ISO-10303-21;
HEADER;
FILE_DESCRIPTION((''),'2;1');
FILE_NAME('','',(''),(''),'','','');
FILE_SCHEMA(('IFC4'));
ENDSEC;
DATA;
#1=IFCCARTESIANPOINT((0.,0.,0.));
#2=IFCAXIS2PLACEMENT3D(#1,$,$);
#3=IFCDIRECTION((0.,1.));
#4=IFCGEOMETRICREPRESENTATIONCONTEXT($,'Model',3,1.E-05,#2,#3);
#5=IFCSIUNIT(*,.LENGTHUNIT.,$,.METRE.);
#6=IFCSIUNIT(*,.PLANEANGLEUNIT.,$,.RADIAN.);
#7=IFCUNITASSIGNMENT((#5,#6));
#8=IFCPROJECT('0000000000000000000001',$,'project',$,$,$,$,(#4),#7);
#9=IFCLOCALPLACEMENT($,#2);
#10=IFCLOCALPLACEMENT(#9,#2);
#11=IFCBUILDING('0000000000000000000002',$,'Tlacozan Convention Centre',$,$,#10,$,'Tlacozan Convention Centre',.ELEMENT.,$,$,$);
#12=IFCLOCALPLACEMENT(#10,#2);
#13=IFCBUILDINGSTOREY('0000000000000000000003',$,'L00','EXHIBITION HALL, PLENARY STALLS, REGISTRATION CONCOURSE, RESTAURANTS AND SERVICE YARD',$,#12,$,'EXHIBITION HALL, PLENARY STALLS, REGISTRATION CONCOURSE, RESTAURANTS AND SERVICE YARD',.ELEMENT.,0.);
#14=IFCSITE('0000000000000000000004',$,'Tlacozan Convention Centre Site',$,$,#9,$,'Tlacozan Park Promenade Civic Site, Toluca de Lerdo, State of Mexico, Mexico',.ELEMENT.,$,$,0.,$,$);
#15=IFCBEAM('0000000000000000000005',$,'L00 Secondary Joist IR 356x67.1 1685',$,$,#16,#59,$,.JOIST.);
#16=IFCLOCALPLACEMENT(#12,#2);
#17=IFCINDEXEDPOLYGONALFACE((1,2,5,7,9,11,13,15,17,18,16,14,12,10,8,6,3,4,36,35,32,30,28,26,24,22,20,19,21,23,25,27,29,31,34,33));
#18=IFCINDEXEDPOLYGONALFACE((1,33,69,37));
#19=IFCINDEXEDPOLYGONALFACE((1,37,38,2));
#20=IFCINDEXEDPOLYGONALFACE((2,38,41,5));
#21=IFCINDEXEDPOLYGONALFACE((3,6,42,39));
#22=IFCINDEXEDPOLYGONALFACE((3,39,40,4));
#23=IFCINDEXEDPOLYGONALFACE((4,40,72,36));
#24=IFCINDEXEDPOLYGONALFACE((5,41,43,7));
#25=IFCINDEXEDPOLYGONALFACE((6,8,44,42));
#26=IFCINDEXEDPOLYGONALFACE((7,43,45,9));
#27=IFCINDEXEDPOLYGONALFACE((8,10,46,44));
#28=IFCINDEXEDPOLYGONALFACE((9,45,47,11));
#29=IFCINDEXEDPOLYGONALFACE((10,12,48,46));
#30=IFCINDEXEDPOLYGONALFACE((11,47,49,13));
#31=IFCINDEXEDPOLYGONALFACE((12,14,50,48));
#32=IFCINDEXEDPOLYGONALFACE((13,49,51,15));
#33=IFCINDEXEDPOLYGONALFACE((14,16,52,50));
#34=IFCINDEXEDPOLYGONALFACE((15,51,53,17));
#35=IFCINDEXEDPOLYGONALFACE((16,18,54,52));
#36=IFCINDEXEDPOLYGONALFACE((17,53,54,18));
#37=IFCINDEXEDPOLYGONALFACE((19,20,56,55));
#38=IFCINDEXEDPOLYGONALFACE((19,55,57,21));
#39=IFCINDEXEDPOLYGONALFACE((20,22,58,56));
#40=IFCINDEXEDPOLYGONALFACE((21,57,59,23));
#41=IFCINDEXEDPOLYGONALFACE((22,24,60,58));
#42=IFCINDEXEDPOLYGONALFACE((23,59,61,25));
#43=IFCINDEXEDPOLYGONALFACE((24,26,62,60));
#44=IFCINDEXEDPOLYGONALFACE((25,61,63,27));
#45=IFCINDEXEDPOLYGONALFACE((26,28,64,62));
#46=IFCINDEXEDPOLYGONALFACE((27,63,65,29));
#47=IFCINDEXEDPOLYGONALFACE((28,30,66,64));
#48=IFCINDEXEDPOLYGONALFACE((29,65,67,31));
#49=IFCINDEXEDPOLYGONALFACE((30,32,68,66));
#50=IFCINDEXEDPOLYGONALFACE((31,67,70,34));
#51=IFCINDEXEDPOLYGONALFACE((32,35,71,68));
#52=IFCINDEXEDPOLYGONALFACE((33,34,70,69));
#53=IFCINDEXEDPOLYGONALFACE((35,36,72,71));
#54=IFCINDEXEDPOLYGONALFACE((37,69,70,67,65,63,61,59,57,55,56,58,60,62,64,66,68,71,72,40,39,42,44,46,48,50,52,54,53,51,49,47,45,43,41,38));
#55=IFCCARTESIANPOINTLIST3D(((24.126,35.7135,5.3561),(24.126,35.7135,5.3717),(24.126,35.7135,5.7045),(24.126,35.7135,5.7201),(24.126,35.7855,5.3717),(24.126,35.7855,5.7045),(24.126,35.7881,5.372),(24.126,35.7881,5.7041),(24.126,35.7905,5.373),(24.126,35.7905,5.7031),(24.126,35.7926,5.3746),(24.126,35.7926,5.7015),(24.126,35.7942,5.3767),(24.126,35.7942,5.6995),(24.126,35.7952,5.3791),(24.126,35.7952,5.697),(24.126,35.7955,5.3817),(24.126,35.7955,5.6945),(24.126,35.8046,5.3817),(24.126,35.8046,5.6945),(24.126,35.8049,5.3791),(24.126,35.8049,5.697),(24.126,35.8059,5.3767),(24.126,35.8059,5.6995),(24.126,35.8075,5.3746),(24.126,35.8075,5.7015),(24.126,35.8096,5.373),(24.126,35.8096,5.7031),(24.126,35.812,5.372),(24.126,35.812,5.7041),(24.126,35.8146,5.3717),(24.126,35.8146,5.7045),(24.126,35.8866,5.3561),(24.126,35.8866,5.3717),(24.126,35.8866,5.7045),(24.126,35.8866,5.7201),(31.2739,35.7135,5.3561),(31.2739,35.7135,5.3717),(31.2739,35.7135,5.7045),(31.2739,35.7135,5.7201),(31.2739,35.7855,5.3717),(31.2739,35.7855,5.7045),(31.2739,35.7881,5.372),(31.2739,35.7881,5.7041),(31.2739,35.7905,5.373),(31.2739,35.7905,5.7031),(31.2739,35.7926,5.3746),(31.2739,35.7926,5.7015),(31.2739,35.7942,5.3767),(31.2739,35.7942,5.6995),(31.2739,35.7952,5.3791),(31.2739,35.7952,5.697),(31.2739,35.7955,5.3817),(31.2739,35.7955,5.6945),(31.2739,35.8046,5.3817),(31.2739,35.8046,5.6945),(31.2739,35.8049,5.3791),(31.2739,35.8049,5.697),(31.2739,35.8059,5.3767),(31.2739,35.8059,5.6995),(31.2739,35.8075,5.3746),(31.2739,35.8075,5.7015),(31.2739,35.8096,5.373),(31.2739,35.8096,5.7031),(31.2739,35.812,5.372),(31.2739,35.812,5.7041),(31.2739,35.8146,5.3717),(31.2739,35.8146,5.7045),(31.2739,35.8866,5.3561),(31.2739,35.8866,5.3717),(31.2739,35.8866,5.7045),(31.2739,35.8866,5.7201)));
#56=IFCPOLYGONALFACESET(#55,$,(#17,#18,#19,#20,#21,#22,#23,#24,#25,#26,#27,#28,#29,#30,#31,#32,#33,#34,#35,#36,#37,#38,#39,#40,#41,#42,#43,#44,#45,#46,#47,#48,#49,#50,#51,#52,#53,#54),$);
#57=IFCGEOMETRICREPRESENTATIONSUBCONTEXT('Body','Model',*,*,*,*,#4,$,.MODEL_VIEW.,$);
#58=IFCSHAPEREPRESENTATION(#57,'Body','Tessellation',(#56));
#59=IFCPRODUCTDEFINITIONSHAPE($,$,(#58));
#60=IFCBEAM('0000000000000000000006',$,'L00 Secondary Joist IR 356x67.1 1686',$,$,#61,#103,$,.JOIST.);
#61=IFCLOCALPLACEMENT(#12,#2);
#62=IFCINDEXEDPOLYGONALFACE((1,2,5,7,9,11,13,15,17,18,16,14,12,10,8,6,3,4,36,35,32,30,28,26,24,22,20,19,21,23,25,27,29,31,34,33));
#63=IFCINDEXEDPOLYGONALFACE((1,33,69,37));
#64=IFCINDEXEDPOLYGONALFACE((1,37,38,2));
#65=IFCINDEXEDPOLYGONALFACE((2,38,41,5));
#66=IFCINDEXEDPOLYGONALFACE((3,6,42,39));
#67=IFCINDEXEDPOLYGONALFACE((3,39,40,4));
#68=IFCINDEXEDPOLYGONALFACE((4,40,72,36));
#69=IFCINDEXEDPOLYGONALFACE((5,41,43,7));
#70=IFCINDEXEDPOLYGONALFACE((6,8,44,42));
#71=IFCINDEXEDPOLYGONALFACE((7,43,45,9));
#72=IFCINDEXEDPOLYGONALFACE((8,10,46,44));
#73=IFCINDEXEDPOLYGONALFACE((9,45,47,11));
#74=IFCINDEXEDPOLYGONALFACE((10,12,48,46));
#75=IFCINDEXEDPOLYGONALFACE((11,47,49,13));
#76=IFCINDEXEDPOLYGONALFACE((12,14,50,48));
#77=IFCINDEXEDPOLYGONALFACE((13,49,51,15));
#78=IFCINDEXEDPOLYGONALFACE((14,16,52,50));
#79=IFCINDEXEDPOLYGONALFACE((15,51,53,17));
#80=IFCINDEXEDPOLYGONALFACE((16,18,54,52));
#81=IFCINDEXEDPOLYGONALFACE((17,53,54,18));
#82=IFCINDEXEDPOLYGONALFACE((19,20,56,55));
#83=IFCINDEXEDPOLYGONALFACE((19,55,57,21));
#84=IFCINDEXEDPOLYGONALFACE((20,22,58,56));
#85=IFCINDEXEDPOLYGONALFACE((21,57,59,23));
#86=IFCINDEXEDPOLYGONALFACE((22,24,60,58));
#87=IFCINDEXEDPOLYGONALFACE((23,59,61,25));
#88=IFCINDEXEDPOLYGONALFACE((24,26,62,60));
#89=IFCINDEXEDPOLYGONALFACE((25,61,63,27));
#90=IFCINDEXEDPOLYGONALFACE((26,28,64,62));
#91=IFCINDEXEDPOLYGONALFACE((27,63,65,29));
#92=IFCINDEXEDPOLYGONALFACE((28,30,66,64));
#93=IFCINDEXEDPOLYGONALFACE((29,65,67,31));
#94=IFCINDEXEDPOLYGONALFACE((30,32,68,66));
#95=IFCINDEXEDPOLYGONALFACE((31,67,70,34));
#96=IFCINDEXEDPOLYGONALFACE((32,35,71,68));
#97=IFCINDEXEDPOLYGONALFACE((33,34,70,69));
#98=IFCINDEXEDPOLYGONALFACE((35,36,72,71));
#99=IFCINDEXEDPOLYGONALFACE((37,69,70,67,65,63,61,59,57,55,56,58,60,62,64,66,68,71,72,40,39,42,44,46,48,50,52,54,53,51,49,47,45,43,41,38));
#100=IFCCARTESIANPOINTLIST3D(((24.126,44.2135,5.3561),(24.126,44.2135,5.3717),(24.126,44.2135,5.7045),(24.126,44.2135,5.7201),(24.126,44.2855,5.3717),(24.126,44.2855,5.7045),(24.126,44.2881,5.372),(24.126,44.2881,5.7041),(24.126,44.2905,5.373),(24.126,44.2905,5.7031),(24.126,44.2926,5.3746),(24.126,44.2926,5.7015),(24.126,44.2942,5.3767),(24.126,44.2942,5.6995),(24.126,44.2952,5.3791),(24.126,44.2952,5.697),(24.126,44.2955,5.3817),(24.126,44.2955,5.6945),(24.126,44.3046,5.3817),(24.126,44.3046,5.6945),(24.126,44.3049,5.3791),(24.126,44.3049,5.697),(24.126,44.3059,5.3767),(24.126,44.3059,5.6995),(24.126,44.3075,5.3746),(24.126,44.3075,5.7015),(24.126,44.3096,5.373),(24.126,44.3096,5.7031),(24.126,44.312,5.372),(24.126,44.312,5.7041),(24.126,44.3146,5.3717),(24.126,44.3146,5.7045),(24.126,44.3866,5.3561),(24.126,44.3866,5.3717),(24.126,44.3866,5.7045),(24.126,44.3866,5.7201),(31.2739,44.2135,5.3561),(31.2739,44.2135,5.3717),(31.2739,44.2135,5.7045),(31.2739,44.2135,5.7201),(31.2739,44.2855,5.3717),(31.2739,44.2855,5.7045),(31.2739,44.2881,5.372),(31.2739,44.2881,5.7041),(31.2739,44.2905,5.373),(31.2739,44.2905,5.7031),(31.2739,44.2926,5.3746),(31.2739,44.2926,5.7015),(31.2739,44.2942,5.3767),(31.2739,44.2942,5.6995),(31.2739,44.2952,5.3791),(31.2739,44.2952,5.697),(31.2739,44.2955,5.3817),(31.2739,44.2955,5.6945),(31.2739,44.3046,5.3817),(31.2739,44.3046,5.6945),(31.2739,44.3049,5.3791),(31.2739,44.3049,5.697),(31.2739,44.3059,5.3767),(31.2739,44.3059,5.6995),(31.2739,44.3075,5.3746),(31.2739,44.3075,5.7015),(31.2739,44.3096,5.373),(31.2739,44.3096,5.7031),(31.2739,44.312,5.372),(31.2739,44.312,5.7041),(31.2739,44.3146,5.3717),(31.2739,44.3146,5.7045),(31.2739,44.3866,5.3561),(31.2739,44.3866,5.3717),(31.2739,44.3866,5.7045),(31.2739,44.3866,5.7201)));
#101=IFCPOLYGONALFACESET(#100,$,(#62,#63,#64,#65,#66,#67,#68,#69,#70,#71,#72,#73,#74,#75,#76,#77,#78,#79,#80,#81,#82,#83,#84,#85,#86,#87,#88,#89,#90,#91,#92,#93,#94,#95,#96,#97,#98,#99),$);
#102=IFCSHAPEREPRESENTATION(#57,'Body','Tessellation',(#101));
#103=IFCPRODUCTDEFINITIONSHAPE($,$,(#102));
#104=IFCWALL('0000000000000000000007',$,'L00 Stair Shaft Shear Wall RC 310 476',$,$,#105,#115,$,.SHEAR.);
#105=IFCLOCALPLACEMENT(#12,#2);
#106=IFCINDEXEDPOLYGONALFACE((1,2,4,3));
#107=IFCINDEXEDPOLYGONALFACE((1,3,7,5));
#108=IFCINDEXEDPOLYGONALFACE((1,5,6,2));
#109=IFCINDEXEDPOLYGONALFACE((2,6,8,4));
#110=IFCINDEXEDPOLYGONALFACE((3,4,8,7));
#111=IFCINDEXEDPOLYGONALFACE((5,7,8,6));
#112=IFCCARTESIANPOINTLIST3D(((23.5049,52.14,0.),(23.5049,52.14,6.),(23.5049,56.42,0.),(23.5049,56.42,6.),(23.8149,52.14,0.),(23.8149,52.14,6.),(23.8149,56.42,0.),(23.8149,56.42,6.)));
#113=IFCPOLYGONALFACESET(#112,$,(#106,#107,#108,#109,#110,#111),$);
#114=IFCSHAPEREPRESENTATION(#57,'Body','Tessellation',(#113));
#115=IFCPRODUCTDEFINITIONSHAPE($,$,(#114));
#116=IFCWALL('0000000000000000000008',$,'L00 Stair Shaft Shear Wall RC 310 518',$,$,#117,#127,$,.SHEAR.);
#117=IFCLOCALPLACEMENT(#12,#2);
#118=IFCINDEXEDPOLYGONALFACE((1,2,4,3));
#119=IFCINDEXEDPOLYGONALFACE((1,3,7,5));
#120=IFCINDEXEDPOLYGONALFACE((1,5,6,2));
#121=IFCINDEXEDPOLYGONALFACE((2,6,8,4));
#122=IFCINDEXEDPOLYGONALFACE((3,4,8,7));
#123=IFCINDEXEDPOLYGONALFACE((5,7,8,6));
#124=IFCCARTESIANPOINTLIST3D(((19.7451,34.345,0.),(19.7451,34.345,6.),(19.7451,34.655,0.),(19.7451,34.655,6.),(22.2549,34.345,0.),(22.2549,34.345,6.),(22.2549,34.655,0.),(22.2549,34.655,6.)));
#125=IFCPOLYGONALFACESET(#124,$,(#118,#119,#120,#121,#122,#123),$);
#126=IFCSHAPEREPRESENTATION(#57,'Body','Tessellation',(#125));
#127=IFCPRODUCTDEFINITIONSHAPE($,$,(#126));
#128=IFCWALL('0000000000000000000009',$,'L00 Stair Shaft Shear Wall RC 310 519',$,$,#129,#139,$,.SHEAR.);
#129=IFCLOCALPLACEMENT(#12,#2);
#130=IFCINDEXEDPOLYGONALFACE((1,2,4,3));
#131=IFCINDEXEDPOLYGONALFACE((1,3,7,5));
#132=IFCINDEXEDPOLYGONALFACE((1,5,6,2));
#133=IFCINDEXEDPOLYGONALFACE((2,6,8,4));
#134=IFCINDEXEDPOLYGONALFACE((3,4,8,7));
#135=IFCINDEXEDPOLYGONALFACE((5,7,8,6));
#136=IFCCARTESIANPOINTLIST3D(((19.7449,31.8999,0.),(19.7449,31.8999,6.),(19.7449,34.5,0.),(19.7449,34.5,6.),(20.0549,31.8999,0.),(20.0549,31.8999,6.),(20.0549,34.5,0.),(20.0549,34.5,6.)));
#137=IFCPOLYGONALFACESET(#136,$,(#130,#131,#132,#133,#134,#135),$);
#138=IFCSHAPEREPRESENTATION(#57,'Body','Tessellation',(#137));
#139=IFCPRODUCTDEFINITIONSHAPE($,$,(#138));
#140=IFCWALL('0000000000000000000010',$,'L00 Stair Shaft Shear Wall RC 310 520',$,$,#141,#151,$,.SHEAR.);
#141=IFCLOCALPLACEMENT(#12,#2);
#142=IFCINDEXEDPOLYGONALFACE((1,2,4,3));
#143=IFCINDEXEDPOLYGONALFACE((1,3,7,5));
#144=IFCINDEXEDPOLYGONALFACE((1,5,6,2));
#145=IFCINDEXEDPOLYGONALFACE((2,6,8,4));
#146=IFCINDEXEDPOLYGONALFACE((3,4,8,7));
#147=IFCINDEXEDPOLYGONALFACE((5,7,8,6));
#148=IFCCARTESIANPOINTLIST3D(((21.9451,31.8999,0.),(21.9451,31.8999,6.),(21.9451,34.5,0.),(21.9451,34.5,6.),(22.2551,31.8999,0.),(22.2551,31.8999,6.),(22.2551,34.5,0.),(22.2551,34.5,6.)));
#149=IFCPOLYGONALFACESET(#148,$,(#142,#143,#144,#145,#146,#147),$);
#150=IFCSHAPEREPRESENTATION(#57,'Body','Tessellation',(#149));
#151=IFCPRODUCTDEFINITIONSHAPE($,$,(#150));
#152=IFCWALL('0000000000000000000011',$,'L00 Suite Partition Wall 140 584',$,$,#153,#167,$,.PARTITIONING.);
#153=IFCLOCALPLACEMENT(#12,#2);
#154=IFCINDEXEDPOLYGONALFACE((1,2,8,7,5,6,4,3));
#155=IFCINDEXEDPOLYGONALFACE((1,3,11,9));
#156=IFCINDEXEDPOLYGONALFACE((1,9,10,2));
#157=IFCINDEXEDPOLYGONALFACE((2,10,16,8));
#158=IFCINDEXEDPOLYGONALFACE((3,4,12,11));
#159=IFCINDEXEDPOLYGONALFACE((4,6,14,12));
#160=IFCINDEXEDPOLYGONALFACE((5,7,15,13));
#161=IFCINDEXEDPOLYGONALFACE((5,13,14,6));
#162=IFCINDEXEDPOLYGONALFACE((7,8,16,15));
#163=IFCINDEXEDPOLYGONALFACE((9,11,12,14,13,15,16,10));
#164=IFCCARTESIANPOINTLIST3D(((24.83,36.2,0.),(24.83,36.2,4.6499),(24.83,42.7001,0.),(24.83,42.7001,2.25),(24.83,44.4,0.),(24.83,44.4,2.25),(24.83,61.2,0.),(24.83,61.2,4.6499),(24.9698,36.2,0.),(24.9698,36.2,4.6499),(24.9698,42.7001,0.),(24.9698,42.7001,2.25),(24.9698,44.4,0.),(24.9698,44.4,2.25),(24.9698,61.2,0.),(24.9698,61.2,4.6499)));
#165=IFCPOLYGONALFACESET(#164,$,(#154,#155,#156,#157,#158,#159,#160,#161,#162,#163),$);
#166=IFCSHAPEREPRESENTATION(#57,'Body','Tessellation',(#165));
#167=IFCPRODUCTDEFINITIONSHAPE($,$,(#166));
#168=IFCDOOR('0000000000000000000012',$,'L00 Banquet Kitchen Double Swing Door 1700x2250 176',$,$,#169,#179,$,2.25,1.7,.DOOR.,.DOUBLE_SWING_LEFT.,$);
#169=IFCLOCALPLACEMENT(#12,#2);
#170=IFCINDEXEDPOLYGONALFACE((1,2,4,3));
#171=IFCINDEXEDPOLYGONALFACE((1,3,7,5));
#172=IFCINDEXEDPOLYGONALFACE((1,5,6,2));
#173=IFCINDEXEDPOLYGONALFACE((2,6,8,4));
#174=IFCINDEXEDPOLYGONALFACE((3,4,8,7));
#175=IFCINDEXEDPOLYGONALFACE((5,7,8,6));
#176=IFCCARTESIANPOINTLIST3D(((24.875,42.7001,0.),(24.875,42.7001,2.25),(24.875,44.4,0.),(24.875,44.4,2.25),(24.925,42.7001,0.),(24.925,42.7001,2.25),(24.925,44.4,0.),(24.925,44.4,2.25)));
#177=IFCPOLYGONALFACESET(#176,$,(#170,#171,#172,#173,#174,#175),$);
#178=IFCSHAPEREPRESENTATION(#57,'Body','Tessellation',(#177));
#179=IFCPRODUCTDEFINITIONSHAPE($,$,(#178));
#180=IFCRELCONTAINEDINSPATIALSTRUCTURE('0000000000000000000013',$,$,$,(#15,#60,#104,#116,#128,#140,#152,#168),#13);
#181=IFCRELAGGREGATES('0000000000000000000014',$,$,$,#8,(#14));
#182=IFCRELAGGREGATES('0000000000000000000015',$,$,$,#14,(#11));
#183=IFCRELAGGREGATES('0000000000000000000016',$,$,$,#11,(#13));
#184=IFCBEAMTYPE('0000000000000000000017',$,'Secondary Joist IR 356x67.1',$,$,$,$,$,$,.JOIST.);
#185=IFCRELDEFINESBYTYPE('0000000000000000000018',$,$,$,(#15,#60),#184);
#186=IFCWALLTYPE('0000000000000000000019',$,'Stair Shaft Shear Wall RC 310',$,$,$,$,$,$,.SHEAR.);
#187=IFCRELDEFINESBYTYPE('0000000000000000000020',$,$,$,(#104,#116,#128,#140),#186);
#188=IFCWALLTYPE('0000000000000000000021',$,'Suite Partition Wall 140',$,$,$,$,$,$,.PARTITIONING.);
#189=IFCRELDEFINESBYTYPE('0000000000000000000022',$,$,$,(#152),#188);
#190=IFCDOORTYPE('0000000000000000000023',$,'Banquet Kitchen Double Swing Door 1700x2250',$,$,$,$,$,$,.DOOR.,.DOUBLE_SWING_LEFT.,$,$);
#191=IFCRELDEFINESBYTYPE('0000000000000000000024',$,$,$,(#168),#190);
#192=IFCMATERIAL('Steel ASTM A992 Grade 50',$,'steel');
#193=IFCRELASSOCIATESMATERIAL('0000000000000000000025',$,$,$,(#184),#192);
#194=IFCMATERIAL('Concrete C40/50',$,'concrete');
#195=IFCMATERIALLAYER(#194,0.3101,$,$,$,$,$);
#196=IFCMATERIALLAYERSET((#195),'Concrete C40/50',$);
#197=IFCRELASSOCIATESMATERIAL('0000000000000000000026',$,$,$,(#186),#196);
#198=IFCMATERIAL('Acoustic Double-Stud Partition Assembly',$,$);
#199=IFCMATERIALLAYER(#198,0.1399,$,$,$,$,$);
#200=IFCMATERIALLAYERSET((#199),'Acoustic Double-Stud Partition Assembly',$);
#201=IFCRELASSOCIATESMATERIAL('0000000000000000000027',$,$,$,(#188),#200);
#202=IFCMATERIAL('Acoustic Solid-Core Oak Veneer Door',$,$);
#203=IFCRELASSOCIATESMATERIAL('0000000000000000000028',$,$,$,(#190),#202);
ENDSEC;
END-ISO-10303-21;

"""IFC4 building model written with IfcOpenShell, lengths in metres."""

from ifc_helpers import new_model, si_unit, direction, frame, frame_2d, origin, origin_2d, place, context, subcontext, project, spatial, rectangle, i_section, extrude, material, layer, layer_set, material_profile, profile_set, type_object, element, fill, save


model = new_model("IFC4")

# Units and contexts
model_context = context("Model", 3, precision=1e-05, world=origin(), true_north=direction((0.0, 1.0)))
body_context = subcontext(model_context, "Body", "Model", "MODEL_VIEW")
ifc_project = project(units=[si_unit("LENGTHUNIT", "METRE"), si_unit("PLANEANGLEUNIT", "RADIAN")], contexts=[model_context])

# Site, building, storey
site_placement = place(None, origin())
site = spatial("IfcSite", under=ifc_project, at=site_placement, Name="Tlacozan Convention Centre Site", LongName="Tlacozan Park Promenade Civic Site, Toluca de Lerdo, State of Mexico, Mexico", CompositionType="ELEMENT", RefElevation=0.0)
building_placement = place(site_placement, origin())
building = spatial("IfcBuilding", under=site, at=building_placement, Name="Tlacozan Convention Centre", LongName="Tlacozan Convention Centre", CompositionType="ELEMENT")
storey_placement = place(building_placement, origin())
storey = spatial("IfcBuildingStorey", under=building, at=storey_placement, Name="L00", Description="EXHIBITION HALL, PLENARY STALLS, REGISTRATION CONCOURSE, RESTAURANTS AND SERVICE YARD", LongName="EXHIBITION HALL, PLENARY STALLS, REGISTRATION CONCOURSE, RESTAURANTS AND SERVICE YARD", CompositionType="ELEMENT", Elevation=0.0)

# Shared definitions
ifc_material_1 = material(Name="Steel ASTM A992 Grade 50", Category="steel")

# Beams
ifc_material_profile_1 = material_profile(ifc_material_1, i_section(OverallWidth=0.1731, OverallDepth=0.364, WebThickness=0.009, FlangeThickness=0.0156, FilletRadius=0.01, at=origin_2d()), Name="IR 356x67.1")
ifc_profile_set_1 = profile_set([ifc_material_profile_1], Name="Steel ASTM A992 Grade 50")
beam_type_1 = type_object("IfcBeamType", Name="Secondary Joist IR 356x67.1", PredefinedType="JOIST", material=ifc_profile_set_1)
for number, where, z_axis, x_axis, name in (
    (1, (24.126, 35.8, 5.5381), (1.0, 0.0, 0.0), (0.0, 1.0, 0.0), "L00 Secondary Joist IR 356x67.1 1685"),
    (2, (24.126, 44.3, 5.5381), (1.0, 0.0, 0.0), (0.0, 1.0, 0.0), "L00 Secondary Joist IR 356x67.1 1686"),
):
    element("IfcBeam", number, at=place(storey_placement, frame(where, z_axis=z_axis, x_axis=x_axis)), inside=storey, type_object=beam_type_1, Name=name, PredefinedType="JOIST", context=body_context, shape_type="SweptSolid", body=[
        extrude(i_section(OverallWidth=0.1731, OverallDepth=0.364, WebThickness=0.009, FlangeThickness=0.0156, FilletRadius=0.01, at=origin_2d()), origin(), (0.0, 0.0, 1.0), 7.1479),
    ])

# Walls
ifc_material_2 = material(Name="Concrete C40/50", Category="concrete")
ifc_layer_1 = layer(ifc_material_2, 0.3101)
ifc_layer_set_1 = layer_set([ifc_layer_1], Name="Concrete C40/50")
wall_type_1 = type_object("IfcWallType", Name="Stair Shaft Shear Wall RC 310", PredefinedType="SHEAR", material=ifc_layer_set_1)
wall_1_placement = place(storey_placement, frame((23.6599, 52.1399, 0.0), z_axis=(0.0, 0.0, 1.0), x_axis=(0.0, 1.0, 0.0)))
element("IfcWall", 3, at=wall_1_placement, inside=storey, type_object=wall_type_1, Name="L00 Stair Shaft Shear Wall RC 310 476", PredefinedType="SHEAR", context=body_context, shape_type="SweptSolid", body=[
    extrude(rectangle(XDim=4.28, YDim=0.3101, at=frame_2d((2.1401, 0.0))), origin(), (0.0, 0.0, 1.0), 6.0),
])
wall_2_placement = place(storey_placement, frame((19.7451, 34.5, 0.0), z_axis=(0.0, 0.0, 1.0), x_axis=(1.0, 0.0, 0.0)))
element("IfcWall", 4, at=wall_2_placement, inside=storey, type_object=wall_type_1, Name="L00 Stair Shaft Shear Wall RC 310 518", PredefinedType="SHEAR", context=body_context, shape_type="SweptSolid", body=[
    extrude(rectangle(XDim=2.5098, YDim=0.3101, at=frame_2d((1.2549, 0.0))), origin(), (0.0, 0.0, 1.0), 6.0),
])
for number, where, z_axis, x_axis, name in (
    (5, (19.8999, 31.8999, 0.0), (0.0, 0.0, 1.0), (0.0, 1.0, 0.0), "L00 Stair Shaft Shear Wall RC 310 519"),
    (6, (22.1001, 31.8999, 0.0), (0.0, 0.0, 1.0), (0.0, 1.0, 0.0), "L00 Stair Shaft Shear Wall RC 310 520"),
):
    element("IfcWall", number, at=place(storey_placement, frame(where, z_axis=z_axis, x_axis=x_axis)), inside=storey, type_object=wall_type_1, Name=name, PredefinedType="SHEAR", context=body_context, shape_type="SweptSolid", body=[
        extrude(rectangle(XDim=2.6001, YDim=0.3101, at=frame_2d((1.3, 0.0))), origin(), (0.0, 0.0, 1.0), 6.0),
    ])

# Wall, opening, door
ifc_material_3 = material(Name="Acoustic Double-Stud Partition Assembly")
ifc_layer_2 = layer(ifc_material_3, 0.1399)
ifc_layer_set_2 = layer_set([ifc_layer_2], Name="Acoustic Double-Stud Partition Assembly")
wall_type_2 = type_object("IfcWallType", Name="Suite Partition Wall 140", PredefinedType="PARTITIONING", material=ifc_layer_set_2)
wall_3_placement = place(storey_placement, frame((24.8999, 36.2, 0.0), z_axis=(0.0, 0.0, 1.0), x_axis=(0.0, 1.0, 0.0)))
wall_3 = element("IfcWall", 7, at=wall_3_placement, inside=storey, type_object=wall_type_2, Name="L00 Suite Partition Wall 140 584", PredefinedType="PARTITIONING", context=body_context, shape_type="SweptSolid", body=[
    extrude(rectangle(XDim=25.0, YDim=0.1399, at=frame_2d((12.5, 0.0))), origin(), (0.0, 0.0, 1.0), 4.6499),
])
opening_placement = place(wall_3_placement, frame((6.5, 0.0, 0.0)))
opening = element("IfcOpeningElement", 8, at=opening_placement, cuts=wall_3, PredefinedType="OPENING", context=body_context, shape_type="SweptSolid", body=[
    extrude(rectangle(XDim=1.7, YDim=2.25, at=frame_2d((0.8501, 1.125))), frame((0.0, 0.0798, 0.0), z_axis=(0.0, -1.0, 0.0), x_axis=(1.0, 0.0, 0.0)), (0.0, 0.0, 1.0), 0.1599),
])
ifc_material_4 = material(Name="Acoustic Solid-Core Oak Veneer Door")
door_type = type_object("IfcDoorType", Name="Banquet Kitchen Double Swing Door 1700x2250", OperationType="DOUBLE_SWING_LEFT", PredefinedType="DOOR", material=ifc_material_4)
door_placement = place(opening_placement, origin())
door = element("IfcDoor", 9, at=door_placement, inside=storey, type_object=door_type, Name="L00 Banquet Kitchen Double Swing Door 1700x2250 176", OperationType="DOUBLE_SWING_LEFT", OverallHeight=2.25, OverallWidth=1.7, PredefinedType="DOOR", context=body_context, shape_type="SweptSolid", body=[
    extrude(rectangle(XDim=1.7, YDim=2.25, at=frame_2d((0.8501, 1.125))), frame((0.0, 0.0249, 0.0), z_axis=(0.0, -1.0, 0.0), x_axis=(1.0, 0.0, 0.0)), (0.0, 0.0, 1.0), 0.05),
])
fill(opening, door)

save(model, "model.ifc")
